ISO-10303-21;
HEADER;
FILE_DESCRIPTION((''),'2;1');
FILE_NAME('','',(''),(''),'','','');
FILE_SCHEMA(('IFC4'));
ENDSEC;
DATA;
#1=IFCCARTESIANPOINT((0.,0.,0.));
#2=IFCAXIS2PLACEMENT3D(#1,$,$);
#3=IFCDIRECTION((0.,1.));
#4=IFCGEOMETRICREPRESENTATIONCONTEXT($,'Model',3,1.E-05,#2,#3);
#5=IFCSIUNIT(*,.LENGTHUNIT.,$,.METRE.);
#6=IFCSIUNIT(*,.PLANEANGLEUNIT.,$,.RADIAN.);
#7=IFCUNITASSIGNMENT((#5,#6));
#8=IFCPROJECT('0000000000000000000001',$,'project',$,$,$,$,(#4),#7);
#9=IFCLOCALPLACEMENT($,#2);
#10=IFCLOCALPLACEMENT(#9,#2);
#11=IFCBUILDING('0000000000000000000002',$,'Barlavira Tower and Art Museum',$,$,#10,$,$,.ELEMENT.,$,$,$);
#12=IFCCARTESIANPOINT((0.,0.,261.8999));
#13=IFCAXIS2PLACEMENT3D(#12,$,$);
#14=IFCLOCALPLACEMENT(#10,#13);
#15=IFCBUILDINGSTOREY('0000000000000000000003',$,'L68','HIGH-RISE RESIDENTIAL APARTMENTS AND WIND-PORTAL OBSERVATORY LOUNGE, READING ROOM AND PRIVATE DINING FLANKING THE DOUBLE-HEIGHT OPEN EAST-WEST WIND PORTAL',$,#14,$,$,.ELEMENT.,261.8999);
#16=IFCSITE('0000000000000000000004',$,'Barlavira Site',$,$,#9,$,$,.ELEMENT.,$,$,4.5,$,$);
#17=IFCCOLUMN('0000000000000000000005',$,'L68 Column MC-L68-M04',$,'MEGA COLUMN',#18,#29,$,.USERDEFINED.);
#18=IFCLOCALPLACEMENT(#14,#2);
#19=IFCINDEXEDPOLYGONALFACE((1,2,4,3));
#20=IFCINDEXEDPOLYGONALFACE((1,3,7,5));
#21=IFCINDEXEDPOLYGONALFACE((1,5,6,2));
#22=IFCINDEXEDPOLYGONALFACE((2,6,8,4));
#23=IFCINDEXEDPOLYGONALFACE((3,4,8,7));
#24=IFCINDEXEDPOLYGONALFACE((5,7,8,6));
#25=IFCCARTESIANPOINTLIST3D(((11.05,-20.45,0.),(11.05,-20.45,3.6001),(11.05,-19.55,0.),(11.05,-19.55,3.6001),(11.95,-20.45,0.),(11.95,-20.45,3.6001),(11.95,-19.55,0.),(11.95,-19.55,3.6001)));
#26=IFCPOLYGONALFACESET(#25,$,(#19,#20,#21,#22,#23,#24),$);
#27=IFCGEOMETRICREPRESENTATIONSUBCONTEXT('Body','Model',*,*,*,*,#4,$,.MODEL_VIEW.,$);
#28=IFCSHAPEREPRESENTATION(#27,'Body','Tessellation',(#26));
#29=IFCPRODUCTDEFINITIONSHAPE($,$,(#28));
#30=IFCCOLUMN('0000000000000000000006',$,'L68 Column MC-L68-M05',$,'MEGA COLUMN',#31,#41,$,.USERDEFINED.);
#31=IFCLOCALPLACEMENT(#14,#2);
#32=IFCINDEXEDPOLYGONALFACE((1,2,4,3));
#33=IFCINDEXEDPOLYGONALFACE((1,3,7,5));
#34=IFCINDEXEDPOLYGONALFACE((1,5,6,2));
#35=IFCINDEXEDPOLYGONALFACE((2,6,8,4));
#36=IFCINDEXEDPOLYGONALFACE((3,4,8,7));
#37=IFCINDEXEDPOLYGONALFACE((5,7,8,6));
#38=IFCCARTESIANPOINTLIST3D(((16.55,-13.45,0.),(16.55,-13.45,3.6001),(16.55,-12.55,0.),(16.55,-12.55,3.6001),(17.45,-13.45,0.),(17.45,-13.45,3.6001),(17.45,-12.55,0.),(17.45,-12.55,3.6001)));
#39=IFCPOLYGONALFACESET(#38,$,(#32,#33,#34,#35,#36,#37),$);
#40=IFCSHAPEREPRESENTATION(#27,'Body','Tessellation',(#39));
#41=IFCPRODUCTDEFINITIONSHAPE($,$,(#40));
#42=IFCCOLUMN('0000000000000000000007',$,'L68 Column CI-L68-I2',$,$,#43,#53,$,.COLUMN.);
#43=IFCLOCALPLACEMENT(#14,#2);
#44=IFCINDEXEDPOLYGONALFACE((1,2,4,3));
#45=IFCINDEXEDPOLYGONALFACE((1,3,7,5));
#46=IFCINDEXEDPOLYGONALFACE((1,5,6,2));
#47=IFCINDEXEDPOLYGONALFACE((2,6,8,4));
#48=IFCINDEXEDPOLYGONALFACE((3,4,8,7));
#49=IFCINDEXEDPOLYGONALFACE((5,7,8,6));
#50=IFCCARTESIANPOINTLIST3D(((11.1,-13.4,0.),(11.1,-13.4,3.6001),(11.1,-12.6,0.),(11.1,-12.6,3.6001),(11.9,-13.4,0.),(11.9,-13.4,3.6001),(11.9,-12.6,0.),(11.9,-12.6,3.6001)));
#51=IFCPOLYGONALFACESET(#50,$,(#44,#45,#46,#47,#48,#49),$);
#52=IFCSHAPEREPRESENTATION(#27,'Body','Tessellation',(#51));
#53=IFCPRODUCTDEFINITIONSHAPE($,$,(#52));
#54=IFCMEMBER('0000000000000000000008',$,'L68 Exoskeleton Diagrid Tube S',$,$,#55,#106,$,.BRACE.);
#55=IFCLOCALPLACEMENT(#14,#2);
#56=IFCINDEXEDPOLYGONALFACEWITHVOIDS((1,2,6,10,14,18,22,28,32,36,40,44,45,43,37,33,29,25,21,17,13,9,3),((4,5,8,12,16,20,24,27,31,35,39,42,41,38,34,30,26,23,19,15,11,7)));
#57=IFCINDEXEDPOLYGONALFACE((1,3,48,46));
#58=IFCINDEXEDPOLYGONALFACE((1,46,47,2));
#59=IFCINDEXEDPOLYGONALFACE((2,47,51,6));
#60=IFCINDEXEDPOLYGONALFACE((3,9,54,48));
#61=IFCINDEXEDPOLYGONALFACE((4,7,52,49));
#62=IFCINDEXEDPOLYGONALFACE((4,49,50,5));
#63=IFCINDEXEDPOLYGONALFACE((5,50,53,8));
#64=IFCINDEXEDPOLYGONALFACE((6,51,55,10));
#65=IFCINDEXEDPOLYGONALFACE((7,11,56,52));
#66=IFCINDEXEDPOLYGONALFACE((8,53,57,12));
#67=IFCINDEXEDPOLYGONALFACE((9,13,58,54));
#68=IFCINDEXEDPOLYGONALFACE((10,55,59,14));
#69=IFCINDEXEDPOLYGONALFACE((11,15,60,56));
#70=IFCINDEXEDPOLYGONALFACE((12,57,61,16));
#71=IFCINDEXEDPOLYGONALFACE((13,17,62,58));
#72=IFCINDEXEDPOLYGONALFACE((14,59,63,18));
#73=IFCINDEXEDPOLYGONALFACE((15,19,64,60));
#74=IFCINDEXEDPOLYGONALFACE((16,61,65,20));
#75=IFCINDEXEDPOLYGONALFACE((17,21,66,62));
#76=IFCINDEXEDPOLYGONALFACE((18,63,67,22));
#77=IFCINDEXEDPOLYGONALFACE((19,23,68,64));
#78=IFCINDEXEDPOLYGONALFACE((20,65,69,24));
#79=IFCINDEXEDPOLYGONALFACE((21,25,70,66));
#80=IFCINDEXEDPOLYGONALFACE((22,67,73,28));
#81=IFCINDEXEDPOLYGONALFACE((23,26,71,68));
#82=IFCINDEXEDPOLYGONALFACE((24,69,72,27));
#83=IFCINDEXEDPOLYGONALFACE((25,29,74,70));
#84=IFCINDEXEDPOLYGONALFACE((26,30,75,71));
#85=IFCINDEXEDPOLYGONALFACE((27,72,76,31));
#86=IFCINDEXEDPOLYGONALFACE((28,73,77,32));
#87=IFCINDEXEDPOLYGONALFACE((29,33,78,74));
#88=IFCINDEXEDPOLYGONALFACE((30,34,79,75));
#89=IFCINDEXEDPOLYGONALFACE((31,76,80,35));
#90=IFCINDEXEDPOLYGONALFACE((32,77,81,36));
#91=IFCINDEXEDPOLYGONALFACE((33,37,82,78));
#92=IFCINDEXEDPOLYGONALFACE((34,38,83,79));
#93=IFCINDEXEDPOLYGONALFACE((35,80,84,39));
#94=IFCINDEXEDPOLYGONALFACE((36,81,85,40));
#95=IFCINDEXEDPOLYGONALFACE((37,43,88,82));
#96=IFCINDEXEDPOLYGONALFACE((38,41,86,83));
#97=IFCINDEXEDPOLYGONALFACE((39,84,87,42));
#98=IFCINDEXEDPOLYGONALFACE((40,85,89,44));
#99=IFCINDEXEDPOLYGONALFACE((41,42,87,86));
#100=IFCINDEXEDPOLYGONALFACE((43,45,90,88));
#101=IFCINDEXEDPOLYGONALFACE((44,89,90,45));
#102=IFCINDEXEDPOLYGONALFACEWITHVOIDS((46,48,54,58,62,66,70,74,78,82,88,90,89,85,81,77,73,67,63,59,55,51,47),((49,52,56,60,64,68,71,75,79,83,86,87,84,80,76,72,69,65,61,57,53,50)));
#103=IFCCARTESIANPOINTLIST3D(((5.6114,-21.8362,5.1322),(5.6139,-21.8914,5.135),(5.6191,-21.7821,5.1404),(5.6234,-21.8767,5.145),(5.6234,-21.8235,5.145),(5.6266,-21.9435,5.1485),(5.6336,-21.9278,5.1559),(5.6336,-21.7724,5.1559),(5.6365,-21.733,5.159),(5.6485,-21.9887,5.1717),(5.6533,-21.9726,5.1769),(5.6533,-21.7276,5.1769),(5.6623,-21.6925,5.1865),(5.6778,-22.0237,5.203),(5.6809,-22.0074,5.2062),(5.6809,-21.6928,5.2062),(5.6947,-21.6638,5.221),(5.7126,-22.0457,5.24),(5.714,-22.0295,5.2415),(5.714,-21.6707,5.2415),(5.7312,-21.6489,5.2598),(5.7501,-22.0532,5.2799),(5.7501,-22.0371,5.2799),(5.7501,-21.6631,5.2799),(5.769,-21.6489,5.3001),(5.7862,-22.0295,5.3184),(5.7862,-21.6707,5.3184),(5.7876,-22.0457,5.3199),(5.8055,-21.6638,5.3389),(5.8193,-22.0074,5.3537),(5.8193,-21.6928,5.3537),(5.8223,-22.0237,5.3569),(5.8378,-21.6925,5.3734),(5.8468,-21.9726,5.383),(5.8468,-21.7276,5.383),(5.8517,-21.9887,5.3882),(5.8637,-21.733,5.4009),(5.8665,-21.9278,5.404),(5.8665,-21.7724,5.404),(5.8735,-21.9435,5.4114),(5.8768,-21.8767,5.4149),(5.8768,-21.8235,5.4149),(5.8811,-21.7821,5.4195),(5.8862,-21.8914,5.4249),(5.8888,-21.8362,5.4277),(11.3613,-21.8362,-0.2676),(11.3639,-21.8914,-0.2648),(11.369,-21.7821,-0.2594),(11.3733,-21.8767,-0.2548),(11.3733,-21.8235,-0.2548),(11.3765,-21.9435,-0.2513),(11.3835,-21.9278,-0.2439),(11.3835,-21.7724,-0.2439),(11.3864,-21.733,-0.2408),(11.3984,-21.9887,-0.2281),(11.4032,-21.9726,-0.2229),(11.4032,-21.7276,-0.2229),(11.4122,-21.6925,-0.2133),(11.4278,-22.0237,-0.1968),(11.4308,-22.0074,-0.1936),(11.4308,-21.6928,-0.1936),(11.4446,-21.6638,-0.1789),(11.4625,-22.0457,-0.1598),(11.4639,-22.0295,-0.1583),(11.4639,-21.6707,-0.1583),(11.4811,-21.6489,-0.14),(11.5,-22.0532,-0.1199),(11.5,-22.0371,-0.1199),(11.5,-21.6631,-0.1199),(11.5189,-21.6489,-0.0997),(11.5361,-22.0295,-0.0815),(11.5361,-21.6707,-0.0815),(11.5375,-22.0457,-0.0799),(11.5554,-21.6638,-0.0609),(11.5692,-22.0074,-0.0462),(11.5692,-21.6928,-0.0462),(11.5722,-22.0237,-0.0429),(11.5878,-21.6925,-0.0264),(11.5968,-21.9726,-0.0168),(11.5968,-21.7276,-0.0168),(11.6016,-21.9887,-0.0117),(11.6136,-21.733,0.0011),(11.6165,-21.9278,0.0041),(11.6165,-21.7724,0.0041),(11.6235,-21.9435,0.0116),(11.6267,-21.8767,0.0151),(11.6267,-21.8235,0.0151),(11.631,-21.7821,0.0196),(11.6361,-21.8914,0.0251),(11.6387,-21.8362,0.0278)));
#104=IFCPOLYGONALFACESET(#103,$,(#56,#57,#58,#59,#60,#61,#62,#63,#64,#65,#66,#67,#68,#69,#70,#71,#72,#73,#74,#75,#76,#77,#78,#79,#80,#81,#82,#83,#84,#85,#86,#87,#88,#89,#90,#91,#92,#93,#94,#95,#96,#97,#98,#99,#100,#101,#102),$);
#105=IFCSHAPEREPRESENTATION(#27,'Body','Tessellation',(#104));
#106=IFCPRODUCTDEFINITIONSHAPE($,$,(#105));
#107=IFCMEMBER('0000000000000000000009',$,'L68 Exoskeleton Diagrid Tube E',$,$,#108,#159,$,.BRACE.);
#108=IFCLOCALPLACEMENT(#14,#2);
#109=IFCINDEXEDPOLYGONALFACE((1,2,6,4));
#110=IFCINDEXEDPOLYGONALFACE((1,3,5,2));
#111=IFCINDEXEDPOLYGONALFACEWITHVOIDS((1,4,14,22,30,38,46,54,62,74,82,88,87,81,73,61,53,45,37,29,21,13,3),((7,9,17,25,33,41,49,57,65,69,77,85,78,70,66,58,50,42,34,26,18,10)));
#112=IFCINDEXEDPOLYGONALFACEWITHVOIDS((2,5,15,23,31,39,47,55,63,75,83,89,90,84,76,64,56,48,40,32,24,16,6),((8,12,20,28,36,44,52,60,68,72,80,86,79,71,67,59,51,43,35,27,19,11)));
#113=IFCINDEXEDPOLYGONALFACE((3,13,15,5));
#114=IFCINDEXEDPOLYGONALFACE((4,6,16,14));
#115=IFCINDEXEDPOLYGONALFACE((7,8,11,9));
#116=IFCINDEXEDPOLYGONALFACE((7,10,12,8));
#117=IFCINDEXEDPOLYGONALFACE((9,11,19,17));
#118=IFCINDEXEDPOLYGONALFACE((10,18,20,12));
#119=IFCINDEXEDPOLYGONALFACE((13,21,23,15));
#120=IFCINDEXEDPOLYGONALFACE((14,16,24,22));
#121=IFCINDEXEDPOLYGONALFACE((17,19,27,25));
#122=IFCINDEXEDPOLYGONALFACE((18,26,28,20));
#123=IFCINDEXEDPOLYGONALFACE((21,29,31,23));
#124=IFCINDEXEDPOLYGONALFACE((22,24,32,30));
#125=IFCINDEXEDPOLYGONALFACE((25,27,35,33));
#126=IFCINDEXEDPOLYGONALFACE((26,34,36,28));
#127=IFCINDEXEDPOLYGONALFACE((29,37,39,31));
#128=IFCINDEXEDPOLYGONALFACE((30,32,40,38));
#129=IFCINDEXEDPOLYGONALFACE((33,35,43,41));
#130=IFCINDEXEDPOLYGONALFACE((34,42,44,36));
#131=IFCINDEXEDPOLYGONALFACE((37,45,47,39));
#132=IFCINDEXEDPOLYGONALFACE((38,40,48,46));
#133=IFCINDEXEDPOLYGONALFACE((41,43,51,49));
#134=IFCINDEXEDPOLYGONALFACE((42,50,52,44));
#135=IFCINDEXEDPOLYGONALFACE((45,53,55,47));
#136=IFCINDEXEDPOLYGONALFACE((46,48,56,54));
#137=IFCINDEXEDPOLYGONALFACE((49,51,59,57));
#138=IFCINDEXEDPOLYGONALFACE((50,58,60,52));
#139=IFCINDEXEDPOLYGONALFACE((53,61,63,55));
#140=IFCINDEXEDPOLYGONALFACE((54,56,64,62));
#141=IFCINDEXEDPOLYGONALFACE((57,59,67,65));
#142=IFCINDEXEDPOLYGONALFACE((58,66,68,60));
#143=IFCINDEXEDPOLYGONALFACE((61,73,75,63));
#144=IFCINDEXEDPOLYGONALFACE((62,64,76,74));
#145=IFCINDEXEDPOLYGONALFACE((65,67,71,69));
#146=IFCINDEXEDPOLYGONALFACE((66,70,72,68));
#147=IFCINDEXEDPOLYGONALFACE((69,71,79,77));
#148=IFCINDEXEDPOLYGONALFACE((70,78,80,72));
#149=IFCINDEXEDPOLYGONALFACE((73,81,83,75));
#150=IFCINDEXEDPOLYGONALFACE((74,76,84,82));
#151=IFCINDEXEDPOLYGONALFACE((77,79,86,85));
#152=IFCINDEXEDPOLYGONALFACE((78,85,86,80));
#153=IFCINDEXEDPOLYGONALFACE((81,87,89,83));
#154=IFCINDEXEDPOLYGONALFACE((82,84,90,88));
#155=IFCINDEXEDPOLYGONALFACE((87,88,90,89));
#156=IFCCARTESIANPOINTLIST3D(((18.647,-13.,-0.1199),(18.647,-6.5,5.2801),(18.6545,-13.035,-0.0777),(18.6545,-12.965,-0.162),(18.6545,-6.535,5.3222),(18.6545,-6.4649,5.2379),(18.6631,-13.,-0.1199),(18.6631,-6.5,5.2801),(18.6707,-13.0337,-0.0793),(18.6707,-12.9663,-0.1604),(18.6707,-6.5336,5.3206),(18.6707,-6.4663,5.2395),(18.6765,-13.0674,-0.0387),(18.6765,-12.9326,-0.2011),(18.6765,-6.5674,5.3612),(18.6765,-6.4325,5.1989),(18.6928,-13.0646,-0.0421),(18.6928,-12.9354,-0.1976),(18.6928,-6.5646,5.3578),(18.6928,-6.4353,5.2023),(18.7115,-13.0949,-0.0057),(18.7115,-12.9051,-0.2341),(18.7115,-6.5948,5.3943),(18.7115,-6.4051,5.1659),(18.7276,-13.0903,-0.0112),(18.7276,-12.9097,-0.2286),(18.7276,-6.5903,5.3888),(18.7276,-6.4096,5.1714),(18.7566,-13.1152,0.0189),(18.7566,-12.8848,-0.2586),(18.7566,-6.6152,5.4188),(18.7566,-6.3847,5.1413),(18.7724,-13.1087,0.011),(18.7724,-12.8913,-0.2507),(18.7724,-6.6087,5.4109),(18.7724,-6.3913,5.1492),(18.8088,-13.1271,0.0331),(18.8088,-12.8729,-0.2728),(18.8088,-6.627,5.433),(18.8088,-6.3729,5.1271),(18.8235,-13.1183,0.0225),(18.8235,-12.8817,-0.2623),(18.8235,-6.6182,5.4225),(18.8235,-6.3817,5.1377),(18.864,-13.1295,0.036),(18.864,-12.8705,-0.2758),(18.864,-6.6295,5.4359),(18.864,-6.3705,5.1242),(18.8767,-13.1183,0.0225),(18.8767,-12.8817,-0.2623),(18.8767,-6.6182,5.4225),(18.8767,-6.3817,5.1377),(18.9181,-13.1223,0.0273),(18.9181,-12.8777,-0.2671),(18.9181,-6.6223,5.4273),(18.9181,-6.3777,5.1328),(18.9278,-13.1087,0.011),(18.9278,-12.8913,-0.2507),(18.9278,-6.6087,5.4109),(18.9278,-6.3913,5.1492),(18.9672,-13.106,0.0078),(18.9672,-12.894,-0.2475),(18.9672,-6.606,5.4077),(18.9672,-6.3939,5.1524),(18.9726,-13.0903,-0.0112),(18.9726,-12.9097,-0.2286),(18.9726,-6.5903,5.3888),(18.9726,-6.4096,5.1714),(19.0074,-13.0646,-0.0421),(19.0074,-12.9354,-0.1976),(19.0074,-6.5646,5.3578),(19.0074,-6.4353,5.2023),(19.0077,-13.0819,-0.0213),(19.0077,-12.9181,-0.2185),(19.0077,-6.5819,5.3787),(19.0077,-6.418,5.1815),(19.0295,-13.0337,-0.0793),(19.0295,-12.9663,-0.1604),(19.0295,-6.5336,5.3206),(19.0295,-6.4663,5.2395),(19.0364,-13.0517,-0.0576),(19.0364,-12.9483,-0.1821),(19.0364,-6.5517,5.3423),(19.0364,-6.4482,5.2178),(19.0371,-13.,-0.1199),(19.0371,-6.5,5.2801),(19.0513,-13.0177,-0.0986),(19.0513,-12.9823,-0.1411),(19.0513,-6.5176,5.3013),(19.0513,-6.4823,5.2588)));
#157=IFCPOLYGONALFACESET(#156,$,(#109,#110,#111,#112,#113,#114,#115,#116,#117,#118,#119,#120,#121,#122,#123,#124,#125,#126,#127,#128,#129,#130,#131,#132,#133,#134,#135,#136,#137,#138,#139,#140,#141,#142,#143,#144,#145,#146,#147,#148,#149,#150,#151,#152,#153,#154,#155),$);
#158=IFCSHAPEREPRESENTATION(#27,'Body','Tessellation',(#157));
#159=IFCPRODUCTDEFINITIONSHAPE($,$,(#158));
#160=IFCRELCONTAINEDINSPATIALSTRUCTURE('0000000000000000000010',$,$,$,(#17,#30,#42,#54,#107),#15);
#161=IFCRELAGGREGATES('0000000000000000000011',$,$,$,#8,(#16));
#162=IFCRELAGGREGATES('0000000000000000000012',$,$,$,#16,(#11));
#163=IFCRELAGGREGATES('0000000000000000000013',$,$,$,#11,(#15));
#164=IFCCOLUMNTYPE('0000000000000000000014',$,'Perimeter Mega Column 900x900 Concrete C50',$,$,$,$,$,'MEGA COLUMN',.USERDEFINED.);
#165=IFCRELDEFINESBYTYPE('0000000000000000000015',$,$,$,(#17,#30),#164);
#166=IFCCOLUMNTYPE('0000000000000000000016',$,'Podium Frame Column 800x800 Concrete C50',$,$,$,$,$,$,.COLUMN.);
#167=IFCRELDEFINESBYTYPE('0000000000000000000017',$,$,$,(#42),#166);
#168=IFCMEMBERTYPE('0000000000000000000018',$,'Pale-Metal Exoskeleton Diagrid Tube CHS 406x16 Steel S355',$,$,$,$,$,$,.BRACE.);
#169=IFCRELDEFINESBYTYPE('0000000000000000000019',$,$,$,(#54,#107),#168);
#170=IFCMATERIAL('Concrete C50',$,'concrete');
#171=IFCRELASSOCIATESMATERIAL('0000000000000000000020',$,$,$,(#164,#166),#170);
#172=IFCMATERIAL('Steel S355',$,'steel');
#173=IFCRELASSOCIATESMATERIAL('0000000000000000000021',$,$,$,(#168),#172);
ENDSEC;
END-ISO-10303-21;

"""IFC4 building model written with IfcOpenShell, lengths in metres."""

from ifc_helpers import new_model, si_unit, direction, frame, origin, origin_2d, place, context, subcontext, project, spatial, rectangle, hollow_circle, extrude, material, material_profile, profile_set, type_object, element, save


model = new_model("IFC4")

# Units and contexts
model_context = context("Model", 3, precision=1e-05, world=origin(), true_north=direction((0.0, 1.0)))
body_context = subcontext(model_context, "Body", "Model", "MODEL_VIEW")
ifc_project = project(units=[si_unit("LENGTHUNIT", "METRE"), si_unit("PLANEANGLEUNIT", "RADIAN")], contexts=[model_context])

# Site, building, storey
site_placement = place(None, origin())
site = spatial("IfcSite", under=ifc_project, at=site_placement, Name="Barlavira Site", CompositionType="ELEMENT", RefElevation=4.5)
building_placement = place(site_placement, origin())
building = spatial("IfcBuilding", under=site, at=building_placement, Name="Barlavira Tower and Art Museum", CompositionType="ELEMENT")
storey_placement = place(building_placement, frame((0.0, 0.0, 261.8999)))
storey = spatial("IfcBuildingStorey", under=building, at=storey_placement, Name="L68", Description="HIGH-RISE RESIDENTIAL APARTMENTS AND WIND-PORTAL OBSERVATORY LOUNGE, READING ROOM AND PRIVATE DINING FLANKING THE DOUBLE-HEIGHT OPEN EAST-WEST WIND PORTAL", CompositionType="ELEMENT", Elevation=261.8999)

# Columns
ifc_material_1 = material(Name="Concrete C50", Category="concrete")
ifc_material_profile_1 = material_profile(ifc_material_1, rectangle(XDim=0.8999, YDim=0.8999, at=origin_2d()), Name="RC-COL 900x900")
ifc_profile_set_1 = profile_set([ifc_material_profile_1], Name="Concrete C50")
column_type_1 = type_object("IfcColumnType", Name="Perimeter Mega Column 900x900 Concrete C50", ElementType="MEGA COLUMN", PredefinedType="USERDEFINED", material=ifc_profile_set_1)
for number, where, z_axis, x_axis, name in (
    (1, (11.5, -20.0, 0.0), (0.0, 0.0, 1.0), (1.0, 0.0, 0.0), "L68 Column MC-L68-M04"),
    (2, (17.0, -13.0, 0.0), (0.0, 0.0, 1.0), (1.0, 0.0, 0.0), "L68 Column MC-L68-M05"),
):
    element("IfcColumn", number, at=place(storey_placement, frame(where, z_axis=z_axis, x_axis=x_axis)), inside=storey, type_object=column_type_1, Name=name, ObjectType="MEGA COLUMN", PredefinedType="USERDEFINED", context=body_context, shape_type="SweptSolid", body=[
        extrude(rectangle(XDim=0.8999, YDim=0.8999, at=origin_2d()), origin(), (0.0, 0.0, 1.0), 3.6001),
    ])
ifc_material_profile_2 = material_profile(ifc_material_1, rectangle(XDim=0.8, YDim=0.8, at=origin_2d()), Name="RC-COL 800x800")
ifc_profile_set_2 = profile_set([ifc_material_profile_2], Name="Concrete C50")
column_type_2 = type_object("IfcColumnType", Name="Podium Frame Column 800x800 Concrete C50", PredefinedType="COLUMN", material=ifc_profile_set_2)
column_placement = place(storey_placement, frame((11.5, -13.0, 0.0), z_axis=(0.0, 0.0, 1.0), x_axis=(1.0, 0.0, 0.0)))
element("IfcColumn", 3, at=column_placement, inside=storey, type_object=column_type_2, Name="L68 Column CI-L68-I2", PredefinedType="COLUMN", context=body_context, shape_type="SweptSolid", body=[
    extrude(rectangle(XDim=0.8, YDim=0.8, at=origin_2d()), origin(), (0.0, 0.0, 1.0), 3.6001),
])

# Members
ifc_material_2 = material(Name="Steel S355", Category="steel")
ifc_material_profile_3 = material_profile(ifc_material_2, hollow_circle(Radius=0.2031, WallThickness=0.0161, at=origin_2d()), Name="CHS 406.4x16.0")
ifc_profile_set_3 = profile_set([ifc_material_profile_3], Name="Steel S355")
member_type_1 = type_object("IfcMemberType", Name="Pale-Metal Exoskeleton Diagrid Tube CHS 406x16 Steel S355", PredefinedType="BRACE", material=ifc_profile_set_3)
member_1_placement = place(storey_placement, frame((11.5, -21.8501, -0.1199), z_axis=(-0.72895, 0.0, 0.684567), x_axis=(0.0, -1.0, 0.0)))
element("IfcMember", 4, at=member_1_placement, inside=storey, type_object=member_type_1, Name="L68 Exoskeleton Diagrid Tube S", PredefinedType="BRACE", context=body_context, shape_type="SweptSolid", body=[
    extrude(hollow_circle(Radius=0.2031, WallThickness=0.0161, at=origin_2d()), origin(), (0.0, 0.0, 1.0), 7.8879),
])
member_2_placement = place(storey_placement, frame((18.8501, -13.0, -0.1199), z_axis=(0.0, 0.769196, 0.639013), x_axis=(-1.0, 0.0, 0.0)))
element("IfcMember", 5, at=member_2_placement, inside=storey, type_object=member_type_1, Name="L68 Exoskeleton Diagrid Tube E", PredefinedType="BRACE", context=body_context, shape_type="SweptSolid", body=[
    extrude(hollow_circle(Radius=0.2031, WallThickness=0.0161, at=origin_2d()), origin(), (0.0, 0.0, 1.0), 8.4504),
])

save(model, "model.ifc")
